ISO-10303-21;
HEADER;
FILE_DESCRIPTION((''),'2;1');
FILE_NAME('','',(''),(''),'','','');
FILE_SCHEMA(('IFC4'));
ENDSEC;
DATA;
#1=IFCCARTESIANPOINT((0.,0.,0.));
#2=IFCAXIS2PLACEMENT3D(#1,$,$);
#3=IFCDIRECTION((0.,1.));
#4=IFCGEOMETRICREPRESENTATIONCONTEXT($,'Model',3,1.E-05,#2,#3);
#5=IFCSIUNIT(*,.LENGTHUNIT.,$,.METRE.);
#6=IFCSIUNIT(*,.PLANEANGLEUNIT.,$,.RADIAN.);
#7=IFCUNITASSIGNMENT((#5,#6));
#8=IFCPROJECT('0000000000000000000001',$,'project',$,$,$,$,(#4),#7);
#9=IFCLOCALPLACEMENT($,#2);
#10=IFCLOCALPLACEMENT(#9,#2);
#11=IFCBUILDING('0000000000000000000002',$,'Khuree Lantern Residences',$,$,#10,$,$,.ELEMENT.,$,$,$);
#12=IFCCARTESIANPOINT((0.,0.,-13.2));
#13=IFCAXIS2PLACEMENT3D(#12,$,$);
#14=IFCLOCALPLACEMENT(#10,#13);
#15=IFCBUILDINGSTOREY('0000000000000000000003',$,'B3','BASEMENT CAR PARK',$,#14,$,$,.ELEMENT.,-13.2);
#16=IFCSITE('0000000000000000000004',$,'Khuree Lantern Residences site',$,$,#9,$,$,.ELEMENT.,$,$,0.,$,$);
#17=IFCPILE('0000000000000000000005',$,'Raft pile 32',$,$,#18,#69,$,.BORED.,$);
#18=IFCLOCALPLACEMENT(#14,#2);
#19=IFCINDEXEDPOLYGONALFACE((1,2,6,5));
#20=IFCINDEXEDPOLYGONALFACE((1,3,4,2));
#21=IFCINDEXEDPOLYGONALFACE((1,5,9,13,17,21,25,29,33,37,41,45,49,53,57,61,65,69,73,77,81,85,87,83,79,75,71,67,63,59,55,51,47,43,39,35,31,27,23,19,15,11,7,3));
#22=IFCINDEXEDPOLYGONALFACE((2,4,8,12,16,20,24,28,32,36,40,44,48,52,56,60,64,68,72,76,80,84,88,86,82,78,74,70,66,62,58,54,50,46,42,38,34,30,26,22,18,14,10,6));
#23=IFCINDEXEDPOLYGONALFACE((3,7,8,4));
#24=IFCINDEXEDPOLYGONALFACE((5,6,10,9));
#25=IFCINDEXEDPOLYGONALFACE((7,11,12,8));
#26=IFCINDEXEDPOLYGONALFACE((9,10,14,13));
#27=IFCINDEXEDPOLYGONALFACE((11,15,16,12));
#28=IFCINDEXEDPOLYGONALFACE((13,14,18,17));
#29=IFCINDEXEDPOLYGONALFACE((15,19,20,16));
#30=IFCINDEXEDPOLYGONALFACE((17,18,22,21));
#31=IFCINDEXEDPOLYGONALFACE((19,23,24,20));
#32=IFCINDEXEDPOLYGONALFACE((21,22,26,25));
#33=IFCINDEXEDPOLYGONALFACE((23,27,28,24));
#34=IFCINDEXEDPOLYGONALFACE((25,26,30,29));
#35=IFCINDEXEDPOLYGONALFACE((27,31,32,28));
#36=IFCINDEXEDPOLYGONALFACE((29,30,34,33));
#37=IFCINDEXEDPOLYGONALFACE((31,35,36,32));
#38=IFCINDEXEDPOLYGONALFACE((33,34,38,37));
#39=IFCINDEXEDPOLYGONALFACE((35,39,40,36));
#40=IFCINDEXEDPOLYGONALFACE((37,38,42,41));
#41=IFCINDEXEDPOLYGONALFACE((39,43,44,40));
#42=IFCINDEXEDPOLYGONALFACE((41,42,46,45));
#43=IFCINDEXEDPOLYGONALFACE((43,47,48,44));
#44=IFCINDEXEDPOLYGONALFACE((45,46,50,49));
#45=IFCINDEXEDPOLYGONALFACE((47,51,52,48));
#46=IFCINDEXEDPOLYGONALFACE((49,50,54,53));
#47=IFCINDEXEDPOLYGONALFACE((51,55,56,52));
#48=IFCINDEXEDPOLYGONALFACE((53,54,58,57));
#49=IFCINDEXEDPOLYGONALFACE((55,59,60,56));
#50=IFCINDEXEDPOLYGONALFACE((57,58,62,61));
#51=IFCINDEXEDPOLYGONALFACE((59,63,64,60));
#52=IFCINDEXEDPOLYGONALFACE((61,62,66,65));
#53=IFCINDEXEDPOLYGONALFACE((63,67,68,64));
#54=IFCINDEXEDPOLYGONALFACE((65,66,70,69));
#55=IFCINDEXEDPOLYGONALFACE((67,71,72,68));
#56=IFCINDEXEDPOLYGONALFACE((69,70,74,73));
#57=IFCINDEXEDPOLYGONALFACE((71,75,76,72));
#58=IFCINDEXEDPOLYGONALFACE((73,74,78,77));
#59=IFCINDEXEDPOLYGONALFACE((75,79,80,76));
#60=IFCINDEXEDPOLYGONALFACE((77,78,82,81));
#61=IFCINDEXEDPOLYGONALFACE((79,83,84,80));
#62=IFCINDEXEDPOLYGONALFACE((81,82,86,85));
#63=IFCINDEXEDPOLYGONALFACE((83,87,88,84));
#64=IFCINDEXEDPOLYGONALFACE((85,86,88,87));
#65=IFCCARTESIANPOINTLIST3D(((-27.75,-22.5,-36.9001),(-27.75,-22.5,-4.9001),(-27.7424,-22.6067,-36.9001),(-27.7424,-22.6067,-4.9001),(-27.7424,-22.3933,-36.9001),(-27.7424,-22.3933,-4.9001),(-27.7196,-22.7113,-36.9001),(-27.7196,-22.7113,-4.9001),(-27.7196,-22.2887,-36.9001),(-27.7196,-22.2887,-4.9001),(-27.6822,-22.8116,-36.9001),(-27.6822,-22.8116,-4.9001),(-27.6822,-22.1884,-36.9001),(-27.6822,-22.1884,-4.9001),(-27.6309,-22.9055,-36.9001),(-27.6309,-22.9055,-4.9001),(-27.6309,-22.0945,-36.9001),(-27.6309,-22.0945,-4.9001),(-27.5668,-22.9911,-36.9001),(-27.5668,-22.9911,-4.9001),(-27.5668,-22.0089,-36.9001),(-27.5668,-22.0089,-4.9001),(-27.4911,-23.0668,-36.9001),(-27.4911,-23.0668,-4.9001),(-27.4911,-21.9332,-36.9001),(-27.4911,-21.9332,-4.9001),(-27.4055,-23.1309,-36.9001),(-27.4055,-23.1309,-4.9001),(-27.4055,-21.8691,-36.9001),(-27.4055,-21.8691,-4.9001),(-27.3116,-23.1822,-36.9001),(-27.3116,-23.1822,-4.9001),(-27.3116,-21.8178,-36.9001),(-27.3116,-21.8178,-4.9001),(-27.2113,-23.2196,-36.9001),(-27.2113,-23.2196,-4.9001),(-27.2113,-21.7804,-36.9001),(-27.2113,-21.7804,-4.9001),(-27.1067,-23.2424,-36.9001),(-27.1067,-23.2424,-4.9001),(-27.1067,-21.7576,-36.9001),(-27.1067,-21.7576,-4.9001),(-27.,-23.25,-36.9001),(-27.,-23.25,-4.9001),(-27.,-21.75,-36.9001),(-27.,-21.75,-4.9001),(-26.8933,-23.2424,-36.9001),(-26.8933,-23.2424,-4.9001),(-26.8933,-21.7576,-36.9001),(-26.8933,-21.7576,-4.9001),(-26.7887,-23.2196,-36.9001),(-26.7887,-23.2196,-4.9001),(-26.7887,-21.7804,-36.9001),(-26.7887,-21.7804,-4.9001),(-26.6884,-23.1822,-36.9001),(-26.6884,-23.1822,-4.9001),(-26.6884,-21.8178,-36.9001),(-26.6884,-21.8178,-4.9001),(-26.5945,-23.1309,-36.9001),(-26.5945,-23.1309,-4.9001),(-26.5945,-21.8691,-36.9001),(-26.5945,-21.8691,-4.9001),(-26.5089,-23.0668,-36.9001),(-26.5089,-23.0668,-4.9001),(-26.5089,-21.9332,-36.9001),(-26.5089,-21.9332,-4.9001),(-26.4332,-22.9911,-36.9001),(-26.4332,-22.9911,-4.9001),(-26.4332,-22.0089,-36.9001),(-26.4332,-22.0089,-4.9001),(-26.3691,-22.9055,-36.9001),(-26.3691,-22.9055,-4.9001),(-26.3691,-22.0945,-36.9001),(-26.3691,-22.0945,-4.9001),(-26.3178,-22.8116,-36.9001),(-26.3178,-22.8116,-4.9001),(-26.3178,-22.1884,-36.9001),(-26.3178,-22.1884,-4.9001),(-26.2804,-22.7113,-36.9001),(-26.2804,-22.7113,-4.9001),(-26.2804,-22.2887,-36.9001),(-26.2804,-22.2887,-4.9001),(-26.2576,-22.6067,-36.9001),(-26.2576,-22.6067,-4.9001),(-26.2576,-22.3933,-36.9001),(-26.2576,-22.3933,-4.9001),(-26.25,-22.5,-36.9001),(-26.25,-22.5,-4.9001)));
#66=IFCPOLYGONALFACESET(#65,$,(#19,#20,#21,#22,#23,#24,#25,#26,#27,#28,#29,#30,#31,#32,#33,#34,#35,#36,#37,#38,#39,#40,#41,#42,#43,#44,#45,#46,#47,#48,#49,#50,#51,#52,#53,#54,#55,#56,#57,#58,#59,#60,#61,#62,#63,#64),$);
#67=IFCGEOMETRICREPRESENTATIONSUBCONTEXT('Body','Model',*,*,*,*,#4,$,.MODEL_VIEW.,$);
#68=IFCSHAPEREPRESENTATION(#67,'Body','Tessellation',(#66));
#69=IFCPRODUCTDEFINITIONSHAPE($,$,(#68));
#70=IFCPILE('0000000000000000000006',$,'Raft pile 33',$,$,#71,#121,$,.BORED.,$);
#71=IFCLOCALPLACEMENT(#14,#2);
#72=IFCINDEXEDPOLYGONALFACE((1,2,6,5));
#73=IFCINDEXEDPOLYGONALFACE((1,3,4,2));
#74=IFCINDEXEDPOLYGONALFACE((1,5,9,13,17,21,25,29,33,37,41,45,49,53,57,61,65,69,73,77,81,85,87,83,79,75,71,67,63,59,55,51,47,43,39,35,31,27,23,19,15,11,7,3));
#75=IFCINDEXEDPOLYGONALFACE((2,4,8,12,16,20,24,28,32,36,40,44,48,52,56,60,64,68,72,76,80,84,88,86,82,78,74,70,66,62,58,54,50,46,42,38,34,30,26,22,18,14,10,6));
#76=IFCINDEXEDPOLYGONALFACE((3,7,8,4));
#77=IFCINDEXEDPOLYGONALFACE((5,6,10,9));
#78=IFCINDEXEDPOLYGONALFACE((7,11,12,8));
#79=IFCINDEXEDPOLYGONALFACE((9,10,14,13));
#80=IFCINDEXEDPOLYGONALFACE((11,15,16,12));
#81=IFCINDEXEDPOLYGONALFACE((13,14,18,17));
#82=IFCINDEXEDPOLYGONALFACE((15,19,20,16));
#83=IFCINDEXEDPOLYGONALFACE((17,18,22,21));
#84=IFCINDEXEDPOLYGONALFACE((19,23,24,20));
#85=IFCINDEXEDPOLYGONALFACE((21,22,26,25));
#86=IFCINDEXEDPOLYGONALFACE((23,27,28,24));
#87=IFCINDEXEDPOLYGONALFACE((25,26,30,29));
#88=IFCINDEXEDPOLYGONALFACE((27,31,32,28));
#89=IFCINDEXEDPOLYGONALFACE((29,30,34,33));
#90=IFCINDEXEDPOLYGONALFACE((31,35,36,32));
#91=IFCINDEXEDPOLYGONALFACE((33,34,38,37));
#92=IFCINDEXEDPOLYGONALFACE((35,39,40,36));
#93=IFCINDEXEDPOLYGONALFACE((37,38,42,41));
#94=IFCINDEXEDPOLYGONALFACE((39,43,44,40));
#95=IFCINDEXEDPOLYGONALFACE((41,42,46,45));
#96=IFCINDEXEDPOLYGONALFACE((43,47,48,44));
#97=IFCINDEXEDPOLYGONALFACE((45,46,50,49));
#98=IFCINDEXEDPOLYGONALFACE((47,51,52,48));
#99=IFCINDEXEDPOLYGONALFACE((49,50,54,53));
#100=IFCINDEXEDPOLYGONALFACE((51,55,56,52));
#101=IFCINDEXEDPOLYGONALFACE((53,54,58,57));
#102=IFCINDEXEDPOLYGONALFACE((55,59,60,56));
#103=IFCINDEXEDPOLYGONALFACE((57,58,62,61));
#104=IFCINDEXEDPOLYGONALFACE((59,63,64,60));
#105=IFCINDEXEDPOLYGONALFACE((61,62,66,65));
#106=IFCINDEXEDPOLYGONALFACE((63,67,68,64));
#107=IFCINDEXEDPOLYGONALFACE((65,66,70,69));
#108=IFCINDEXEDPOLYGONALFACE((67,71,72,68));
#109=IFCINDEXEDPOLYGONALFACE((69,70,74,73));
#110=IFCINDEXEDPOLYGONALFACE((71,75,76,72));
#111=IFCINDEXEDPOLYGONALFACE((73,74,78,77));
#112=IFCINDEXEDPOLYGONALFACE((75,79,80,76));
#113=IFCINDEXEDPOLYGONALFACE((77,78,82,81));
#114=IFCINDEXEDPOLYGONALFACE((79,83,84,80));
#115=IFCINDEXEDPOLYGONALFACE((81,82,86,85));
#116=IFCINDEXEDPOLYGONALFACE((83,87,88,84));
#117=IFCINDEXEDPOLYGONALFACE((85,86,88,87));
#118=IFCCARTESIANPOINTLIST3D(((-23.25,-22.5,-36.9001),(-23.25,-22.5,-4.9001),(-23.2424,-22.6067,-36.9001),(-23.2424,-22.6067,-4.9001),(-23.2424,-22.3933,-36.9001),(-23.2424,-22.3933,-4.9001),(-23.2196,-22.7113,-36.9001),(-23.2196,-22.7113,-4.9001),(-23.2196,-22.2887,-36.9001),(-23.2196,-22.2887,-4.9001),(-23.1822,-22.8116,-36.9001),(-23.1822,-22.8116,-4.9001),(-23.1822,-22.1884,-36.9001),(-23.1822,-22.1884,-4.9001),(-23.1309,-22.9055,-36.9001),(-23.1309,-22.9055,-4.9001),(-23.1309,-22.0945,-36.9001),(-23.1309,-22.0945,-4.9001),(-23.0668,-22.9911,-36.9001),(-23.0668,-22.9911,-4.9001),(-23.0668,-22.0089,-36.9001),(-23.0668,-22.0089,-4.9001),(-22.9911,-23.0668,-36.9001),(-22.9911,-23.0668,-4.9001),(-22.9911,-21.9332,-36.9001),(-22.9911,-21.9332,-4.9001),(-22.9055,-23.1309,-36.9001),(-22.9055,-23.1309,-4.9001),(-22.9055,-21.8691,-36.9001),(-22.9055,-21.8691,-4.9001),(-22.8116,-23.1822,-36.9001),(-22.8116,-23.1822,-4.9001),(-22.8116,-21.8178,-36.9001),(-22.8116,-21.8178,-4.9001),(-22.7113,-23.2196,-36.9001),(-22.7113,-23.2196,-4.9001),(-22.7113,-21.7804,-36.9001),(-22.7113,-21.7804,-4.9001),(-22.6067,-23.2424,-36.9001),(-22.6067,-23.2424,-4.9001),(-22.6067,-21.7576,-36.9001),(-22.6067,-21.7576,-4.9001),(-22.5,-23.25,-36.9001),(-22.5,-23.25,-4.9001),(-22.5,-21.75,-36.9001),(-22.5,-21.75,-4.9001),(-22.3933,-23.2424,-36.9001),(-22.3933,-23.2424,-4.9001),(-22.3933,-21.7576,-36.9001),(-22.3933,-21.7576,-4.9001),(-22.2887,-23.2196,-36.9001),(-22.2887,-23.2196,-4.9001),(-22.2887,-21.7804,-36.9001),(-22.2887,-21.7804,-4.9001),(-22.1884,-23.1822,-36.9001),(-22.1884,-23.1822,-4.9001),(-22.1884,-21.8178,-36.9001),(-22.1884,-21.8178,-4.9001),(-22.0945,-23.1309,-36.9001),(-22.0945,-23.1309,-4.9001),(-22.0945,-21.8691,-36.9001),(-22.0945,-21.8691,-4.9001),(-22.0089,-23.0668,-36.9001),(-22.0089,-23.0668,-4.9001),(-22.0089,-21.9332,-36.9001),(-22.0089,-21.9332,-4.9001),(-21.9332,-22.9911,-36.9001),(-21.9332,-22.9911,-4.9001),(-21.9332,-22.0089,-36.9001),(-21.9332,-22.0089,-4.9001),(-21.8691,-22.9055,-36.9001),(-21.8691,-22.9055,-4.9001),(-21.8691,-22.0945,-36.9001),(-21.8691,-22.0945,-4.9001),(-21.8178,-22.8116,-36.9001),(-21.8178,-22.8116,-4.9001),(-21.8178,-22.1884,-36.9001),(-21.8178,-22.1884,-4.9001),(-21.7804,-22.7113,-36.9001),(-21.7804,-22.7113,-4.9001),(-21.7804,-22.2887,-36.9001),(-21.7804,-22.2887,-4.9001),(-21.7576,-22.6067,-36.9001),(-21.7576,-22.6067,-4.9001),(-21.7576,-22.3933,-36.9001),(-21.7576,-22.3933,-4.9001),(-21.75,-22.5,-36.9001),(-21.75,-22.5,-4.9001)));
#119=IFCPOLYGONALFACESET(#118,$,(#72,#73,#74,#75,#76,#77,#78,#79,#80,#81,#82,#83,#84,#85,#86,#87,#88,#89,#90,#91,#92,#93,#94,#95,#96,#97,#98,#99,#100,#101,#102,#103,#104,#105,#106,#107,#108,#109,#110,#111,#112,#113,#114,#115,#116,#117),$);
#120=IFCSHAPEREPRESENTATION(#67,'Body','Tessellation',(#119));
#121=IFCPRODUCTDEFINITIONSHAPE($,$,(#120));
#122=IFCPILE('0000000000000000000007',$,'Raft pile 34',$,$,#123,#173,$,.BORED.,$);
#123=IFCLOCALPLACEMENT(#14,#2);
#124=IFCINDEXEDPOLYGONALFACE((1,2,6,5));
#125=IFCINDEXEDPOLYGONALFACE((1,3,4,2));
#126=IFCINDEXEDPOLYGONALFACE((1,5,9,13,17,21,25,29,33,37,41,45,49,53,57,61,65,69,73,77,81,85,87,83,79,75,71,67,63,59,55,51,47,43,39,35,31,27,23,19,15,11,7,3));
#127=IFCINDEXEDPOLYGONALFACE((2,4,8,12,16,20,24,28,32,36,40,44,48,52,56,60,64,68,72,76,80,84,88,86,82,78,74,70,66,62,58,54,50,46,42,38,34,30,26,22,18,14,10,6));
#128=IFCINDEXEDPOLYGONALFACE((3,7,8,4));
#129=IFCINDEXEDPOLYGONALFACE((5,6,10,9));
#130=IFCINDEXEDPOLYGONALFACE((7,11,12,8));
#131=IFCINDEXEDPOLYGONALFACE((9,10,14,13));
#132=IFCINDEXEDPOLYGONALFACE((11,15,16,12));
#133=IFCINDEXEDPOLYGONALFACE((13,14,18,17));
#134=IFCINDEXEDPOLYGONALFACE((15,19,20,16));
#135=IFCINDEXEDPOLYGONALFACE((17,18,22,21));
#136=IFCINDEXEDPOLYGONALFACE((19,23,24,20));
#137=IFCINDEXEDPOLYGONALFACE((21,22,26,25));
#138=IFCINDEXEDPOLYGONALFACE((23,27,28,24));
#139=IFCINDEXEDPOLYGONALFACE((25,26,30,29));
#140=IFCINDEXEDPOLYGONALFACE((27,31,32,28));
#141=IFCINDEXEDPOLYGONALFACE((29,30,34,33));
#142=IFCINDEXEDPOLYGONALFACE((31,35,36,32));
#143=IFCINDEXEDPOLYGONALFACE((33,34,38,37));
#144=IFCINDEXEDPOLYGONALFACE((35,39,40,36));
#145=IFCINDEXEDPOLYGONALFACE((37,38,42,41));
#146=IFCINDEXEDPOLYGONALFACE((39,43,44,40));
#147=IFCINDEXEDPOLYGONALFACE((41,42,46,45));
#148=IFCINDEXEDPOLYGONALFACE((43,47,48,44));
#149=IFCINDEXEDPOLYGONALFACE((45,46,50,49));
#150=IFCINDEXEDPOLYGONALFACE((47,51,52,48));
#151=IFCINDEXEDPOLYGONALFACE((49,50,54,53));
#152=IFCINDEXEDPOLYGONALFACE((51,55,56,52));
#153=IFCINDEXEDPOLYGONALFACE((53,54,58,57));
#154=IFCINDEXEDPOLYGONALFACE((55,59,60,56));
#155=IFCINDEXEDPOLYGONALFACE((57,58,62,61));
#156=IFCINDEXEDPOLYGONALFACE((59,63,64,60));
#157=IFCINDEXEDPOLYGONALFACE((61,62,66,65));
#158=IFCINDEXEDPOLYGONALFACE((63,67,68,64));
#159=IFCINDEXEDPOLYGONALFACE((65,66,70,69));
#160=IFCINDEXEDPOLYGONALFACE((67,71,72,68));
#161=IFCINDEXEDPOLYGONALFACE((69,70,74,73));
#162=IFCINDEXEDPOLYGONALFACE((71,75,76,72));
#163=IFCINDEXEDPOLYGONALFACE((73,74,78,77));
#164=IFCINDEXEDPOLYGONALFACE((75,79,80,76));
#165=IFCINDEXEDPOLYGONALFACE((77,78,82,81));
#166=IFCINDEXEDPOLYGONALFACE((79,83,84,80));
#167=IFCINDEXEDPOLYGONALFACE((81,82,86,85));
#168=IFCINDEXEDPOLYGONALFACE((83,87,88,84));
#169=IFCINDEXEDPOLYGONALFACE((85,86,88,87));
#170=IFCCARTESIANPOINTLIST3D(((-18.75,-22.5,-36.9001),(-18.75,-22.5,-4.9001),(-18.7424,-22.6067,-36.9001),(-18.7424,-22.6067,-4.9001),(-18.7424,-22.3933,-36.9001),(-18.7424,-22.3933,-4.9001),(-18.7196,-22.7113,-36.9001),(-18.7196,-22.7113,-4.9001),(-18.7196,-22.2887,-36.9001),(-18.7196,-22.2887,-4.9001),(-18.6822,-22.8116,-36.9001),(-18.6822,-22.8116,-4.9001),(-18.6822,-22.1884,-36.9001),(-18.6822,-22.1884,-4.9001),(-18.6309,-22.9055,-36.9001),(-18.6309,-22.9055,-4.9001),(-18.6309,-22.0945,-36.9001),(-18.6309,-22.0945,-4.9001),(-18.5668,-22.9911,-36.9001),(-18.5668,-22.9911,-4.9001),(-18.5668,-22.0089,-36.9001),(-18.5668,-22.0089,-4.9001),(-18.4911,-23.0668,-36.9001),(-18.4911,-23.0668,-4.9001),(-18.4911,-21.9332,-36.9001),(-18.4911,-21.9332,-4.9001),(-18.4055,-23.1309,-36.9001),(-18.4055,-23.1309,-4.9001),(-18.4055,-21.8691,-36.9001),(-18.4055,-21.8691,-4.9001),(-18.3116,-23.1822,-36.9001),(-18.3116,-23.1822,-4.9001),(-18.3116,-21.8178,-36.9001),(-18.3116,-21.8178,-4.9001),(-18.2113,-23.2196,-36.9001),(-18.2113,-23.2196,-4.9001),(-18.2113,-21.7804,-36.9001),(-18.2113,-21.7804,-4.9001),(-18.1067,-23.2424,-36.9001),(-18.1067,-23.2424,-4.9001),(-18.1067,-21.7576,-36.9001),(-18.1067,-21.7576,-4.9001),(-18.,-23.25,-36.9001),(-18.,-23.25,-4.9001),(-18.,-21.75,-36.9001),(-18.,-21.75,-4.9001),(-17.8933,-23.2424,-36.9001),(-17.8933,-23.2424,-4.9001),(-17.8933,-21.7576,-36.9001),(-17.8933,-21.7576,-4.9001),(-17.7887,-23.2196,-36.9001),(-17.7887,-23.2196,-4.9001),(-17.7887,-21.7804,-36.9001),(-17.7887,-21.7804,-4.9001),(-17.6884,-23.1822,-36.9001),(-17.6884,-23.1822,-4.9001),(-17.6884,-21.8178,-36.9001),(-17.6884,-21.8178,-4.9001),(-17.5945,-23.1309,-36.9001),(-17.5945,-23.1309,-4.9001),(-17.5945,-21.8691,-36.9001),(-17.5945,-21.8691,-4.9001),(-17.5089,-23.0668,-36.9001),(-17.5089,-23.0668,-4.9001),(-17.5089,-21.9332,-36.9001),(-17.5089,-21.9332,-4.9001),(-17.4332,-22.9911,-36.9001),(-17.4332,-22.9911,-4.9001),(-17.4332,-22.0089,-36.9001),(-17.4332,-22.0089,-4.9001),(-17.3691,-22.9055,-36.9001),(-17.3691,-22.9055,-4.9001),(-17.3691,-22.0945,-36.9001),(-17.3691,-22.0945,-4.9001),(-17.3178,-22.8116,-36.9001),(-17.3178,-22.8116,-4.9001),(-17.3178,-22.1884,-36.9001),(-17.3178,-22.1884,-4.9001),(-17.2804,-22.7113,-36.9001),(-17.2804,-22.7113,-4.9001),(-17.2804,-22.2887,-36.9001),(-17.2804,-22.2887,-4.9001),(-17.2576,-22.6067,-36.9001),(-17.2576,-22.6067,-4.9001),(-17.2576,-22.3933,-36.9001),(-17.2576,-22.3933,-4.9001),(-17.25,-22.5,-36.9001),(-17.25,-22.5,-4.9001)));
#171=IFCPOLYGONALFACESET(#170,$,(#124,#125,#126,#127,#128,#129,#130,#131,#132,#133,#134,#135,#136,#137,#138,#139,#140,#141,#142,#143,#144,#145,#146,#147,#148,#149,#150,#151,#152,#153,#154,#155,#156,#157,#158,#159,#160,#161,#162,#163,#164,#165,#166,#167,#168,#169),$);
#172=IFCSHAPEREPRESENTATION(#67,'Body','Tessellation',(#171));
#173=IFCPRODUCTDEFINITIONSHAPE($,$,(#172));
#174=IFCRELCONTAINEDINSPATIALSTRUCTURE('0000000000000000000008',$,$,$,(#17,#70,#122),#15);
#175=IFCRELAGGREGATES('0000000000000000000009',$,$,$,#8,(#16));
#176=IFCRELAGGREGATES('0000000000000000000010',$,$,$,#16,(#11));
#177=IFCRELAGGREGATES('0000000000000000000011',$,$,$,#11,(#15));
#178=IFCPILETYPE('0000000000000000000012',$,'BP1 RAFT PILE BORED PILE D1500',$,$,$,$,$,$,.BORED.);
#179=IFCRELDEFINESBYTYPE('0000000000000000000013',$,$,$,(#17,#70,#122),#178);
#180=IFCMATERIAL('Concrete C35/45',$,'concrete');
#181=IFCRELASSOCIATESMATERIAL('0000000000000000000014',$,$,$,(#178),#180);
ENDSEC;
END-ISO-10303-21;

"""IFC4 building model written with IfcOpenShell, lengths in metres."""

from ifc_helpers import new_model, si_unit, direction, frame, origin, origin_2d, place, context, subcontext, project, spatial, circle, extrude, material, material_profile, profile_set, type_object, element, save


model = new_model("IFC4")

# Units and contexts
model_context = context("Model", 3, precision=1e-05, world=origin(), true_north=direction((0.0, 1.0)))
body_context = subcontext(model_context, "Body", "Model", "MODEL_VIEW")
ifc_project = project(units=[si_unit("LENGTHUNIT", "METRE"), si_unit("PLANEANGLEUNIT", "RADIAN")], contexts=[model_context])

# Site, building, storey
site_placement = place(None, origin())
site = spatial("IfcSite", under=ifc_project, at=site_placement, Name="Khuree Lantern Residences site", CompositionType="ELEMENT", RefElevation=0.0)
building_placement = place(site_placement, origin())
building = spatial("IfcBuilding", under=site, at=building_placement, Name="Khuree Lantern Residences", CompositionType="ELEMENT")
storey_placement = place(building_placement, frame((0.0, 0.0, -13.2)))
storey = spatial("IfcBuildingStorey", under=building, at=storey_placement, Name="B3", Description="BASEMENT CAR PARK", CompositionType="ELEMENT", Elevation=-13.2)

# Piles
ifc_material_1 = material(Name="Concrete C35/45", Category="concrete")
ifc_material_profile_1 = material_profile(ifc_material_1, circle(Radius=0.75, at=origin_2d()), Name="BORED PILE D1500")
ifc_profile_set_1 = profile_set([ifc_material_profile_1], Name="Concrete C35/45")
pile_type = type_object("IfcPileType", Name="BP1 RAFT PILE BORED PILE D1500", PredefinedType="BORED", material=ifc_profile_set_1)
for number, where, z_axis, x_axis, name in (
    (1, (-27.0, -22.5, -4.9001), (0.0, 0.0, -1.0), (1.0, 0.0, 0.0), "Raft pile 32"),
    (2, (-22.5, -22.5, -4.9001), (0.0, 0.0, -1.0), (1.0, 0.0, 0.0), "Raft pile 33"),
    (3, (-18.0, -22.5, -4.9001), (0.0, 0.0, -1.0), (1.0, 0.0, 0.0), "Raft pile 34"),
):
    element("IfcPile", number, at=place(storey_placement, frame(where, z_axis=z_axis, x_axis=x_axis)), inside=storey, type_object=pile_type, Name=name, PredefinedType="BORED", context=body_context, shape_type="SweptSolid", body=[
        extrude(circle(Radius=0.75, at=origin_2d()), origin(), (0.0, 0.0, 1.0), 32.0),
    ])

save(model, "model.ifc")
